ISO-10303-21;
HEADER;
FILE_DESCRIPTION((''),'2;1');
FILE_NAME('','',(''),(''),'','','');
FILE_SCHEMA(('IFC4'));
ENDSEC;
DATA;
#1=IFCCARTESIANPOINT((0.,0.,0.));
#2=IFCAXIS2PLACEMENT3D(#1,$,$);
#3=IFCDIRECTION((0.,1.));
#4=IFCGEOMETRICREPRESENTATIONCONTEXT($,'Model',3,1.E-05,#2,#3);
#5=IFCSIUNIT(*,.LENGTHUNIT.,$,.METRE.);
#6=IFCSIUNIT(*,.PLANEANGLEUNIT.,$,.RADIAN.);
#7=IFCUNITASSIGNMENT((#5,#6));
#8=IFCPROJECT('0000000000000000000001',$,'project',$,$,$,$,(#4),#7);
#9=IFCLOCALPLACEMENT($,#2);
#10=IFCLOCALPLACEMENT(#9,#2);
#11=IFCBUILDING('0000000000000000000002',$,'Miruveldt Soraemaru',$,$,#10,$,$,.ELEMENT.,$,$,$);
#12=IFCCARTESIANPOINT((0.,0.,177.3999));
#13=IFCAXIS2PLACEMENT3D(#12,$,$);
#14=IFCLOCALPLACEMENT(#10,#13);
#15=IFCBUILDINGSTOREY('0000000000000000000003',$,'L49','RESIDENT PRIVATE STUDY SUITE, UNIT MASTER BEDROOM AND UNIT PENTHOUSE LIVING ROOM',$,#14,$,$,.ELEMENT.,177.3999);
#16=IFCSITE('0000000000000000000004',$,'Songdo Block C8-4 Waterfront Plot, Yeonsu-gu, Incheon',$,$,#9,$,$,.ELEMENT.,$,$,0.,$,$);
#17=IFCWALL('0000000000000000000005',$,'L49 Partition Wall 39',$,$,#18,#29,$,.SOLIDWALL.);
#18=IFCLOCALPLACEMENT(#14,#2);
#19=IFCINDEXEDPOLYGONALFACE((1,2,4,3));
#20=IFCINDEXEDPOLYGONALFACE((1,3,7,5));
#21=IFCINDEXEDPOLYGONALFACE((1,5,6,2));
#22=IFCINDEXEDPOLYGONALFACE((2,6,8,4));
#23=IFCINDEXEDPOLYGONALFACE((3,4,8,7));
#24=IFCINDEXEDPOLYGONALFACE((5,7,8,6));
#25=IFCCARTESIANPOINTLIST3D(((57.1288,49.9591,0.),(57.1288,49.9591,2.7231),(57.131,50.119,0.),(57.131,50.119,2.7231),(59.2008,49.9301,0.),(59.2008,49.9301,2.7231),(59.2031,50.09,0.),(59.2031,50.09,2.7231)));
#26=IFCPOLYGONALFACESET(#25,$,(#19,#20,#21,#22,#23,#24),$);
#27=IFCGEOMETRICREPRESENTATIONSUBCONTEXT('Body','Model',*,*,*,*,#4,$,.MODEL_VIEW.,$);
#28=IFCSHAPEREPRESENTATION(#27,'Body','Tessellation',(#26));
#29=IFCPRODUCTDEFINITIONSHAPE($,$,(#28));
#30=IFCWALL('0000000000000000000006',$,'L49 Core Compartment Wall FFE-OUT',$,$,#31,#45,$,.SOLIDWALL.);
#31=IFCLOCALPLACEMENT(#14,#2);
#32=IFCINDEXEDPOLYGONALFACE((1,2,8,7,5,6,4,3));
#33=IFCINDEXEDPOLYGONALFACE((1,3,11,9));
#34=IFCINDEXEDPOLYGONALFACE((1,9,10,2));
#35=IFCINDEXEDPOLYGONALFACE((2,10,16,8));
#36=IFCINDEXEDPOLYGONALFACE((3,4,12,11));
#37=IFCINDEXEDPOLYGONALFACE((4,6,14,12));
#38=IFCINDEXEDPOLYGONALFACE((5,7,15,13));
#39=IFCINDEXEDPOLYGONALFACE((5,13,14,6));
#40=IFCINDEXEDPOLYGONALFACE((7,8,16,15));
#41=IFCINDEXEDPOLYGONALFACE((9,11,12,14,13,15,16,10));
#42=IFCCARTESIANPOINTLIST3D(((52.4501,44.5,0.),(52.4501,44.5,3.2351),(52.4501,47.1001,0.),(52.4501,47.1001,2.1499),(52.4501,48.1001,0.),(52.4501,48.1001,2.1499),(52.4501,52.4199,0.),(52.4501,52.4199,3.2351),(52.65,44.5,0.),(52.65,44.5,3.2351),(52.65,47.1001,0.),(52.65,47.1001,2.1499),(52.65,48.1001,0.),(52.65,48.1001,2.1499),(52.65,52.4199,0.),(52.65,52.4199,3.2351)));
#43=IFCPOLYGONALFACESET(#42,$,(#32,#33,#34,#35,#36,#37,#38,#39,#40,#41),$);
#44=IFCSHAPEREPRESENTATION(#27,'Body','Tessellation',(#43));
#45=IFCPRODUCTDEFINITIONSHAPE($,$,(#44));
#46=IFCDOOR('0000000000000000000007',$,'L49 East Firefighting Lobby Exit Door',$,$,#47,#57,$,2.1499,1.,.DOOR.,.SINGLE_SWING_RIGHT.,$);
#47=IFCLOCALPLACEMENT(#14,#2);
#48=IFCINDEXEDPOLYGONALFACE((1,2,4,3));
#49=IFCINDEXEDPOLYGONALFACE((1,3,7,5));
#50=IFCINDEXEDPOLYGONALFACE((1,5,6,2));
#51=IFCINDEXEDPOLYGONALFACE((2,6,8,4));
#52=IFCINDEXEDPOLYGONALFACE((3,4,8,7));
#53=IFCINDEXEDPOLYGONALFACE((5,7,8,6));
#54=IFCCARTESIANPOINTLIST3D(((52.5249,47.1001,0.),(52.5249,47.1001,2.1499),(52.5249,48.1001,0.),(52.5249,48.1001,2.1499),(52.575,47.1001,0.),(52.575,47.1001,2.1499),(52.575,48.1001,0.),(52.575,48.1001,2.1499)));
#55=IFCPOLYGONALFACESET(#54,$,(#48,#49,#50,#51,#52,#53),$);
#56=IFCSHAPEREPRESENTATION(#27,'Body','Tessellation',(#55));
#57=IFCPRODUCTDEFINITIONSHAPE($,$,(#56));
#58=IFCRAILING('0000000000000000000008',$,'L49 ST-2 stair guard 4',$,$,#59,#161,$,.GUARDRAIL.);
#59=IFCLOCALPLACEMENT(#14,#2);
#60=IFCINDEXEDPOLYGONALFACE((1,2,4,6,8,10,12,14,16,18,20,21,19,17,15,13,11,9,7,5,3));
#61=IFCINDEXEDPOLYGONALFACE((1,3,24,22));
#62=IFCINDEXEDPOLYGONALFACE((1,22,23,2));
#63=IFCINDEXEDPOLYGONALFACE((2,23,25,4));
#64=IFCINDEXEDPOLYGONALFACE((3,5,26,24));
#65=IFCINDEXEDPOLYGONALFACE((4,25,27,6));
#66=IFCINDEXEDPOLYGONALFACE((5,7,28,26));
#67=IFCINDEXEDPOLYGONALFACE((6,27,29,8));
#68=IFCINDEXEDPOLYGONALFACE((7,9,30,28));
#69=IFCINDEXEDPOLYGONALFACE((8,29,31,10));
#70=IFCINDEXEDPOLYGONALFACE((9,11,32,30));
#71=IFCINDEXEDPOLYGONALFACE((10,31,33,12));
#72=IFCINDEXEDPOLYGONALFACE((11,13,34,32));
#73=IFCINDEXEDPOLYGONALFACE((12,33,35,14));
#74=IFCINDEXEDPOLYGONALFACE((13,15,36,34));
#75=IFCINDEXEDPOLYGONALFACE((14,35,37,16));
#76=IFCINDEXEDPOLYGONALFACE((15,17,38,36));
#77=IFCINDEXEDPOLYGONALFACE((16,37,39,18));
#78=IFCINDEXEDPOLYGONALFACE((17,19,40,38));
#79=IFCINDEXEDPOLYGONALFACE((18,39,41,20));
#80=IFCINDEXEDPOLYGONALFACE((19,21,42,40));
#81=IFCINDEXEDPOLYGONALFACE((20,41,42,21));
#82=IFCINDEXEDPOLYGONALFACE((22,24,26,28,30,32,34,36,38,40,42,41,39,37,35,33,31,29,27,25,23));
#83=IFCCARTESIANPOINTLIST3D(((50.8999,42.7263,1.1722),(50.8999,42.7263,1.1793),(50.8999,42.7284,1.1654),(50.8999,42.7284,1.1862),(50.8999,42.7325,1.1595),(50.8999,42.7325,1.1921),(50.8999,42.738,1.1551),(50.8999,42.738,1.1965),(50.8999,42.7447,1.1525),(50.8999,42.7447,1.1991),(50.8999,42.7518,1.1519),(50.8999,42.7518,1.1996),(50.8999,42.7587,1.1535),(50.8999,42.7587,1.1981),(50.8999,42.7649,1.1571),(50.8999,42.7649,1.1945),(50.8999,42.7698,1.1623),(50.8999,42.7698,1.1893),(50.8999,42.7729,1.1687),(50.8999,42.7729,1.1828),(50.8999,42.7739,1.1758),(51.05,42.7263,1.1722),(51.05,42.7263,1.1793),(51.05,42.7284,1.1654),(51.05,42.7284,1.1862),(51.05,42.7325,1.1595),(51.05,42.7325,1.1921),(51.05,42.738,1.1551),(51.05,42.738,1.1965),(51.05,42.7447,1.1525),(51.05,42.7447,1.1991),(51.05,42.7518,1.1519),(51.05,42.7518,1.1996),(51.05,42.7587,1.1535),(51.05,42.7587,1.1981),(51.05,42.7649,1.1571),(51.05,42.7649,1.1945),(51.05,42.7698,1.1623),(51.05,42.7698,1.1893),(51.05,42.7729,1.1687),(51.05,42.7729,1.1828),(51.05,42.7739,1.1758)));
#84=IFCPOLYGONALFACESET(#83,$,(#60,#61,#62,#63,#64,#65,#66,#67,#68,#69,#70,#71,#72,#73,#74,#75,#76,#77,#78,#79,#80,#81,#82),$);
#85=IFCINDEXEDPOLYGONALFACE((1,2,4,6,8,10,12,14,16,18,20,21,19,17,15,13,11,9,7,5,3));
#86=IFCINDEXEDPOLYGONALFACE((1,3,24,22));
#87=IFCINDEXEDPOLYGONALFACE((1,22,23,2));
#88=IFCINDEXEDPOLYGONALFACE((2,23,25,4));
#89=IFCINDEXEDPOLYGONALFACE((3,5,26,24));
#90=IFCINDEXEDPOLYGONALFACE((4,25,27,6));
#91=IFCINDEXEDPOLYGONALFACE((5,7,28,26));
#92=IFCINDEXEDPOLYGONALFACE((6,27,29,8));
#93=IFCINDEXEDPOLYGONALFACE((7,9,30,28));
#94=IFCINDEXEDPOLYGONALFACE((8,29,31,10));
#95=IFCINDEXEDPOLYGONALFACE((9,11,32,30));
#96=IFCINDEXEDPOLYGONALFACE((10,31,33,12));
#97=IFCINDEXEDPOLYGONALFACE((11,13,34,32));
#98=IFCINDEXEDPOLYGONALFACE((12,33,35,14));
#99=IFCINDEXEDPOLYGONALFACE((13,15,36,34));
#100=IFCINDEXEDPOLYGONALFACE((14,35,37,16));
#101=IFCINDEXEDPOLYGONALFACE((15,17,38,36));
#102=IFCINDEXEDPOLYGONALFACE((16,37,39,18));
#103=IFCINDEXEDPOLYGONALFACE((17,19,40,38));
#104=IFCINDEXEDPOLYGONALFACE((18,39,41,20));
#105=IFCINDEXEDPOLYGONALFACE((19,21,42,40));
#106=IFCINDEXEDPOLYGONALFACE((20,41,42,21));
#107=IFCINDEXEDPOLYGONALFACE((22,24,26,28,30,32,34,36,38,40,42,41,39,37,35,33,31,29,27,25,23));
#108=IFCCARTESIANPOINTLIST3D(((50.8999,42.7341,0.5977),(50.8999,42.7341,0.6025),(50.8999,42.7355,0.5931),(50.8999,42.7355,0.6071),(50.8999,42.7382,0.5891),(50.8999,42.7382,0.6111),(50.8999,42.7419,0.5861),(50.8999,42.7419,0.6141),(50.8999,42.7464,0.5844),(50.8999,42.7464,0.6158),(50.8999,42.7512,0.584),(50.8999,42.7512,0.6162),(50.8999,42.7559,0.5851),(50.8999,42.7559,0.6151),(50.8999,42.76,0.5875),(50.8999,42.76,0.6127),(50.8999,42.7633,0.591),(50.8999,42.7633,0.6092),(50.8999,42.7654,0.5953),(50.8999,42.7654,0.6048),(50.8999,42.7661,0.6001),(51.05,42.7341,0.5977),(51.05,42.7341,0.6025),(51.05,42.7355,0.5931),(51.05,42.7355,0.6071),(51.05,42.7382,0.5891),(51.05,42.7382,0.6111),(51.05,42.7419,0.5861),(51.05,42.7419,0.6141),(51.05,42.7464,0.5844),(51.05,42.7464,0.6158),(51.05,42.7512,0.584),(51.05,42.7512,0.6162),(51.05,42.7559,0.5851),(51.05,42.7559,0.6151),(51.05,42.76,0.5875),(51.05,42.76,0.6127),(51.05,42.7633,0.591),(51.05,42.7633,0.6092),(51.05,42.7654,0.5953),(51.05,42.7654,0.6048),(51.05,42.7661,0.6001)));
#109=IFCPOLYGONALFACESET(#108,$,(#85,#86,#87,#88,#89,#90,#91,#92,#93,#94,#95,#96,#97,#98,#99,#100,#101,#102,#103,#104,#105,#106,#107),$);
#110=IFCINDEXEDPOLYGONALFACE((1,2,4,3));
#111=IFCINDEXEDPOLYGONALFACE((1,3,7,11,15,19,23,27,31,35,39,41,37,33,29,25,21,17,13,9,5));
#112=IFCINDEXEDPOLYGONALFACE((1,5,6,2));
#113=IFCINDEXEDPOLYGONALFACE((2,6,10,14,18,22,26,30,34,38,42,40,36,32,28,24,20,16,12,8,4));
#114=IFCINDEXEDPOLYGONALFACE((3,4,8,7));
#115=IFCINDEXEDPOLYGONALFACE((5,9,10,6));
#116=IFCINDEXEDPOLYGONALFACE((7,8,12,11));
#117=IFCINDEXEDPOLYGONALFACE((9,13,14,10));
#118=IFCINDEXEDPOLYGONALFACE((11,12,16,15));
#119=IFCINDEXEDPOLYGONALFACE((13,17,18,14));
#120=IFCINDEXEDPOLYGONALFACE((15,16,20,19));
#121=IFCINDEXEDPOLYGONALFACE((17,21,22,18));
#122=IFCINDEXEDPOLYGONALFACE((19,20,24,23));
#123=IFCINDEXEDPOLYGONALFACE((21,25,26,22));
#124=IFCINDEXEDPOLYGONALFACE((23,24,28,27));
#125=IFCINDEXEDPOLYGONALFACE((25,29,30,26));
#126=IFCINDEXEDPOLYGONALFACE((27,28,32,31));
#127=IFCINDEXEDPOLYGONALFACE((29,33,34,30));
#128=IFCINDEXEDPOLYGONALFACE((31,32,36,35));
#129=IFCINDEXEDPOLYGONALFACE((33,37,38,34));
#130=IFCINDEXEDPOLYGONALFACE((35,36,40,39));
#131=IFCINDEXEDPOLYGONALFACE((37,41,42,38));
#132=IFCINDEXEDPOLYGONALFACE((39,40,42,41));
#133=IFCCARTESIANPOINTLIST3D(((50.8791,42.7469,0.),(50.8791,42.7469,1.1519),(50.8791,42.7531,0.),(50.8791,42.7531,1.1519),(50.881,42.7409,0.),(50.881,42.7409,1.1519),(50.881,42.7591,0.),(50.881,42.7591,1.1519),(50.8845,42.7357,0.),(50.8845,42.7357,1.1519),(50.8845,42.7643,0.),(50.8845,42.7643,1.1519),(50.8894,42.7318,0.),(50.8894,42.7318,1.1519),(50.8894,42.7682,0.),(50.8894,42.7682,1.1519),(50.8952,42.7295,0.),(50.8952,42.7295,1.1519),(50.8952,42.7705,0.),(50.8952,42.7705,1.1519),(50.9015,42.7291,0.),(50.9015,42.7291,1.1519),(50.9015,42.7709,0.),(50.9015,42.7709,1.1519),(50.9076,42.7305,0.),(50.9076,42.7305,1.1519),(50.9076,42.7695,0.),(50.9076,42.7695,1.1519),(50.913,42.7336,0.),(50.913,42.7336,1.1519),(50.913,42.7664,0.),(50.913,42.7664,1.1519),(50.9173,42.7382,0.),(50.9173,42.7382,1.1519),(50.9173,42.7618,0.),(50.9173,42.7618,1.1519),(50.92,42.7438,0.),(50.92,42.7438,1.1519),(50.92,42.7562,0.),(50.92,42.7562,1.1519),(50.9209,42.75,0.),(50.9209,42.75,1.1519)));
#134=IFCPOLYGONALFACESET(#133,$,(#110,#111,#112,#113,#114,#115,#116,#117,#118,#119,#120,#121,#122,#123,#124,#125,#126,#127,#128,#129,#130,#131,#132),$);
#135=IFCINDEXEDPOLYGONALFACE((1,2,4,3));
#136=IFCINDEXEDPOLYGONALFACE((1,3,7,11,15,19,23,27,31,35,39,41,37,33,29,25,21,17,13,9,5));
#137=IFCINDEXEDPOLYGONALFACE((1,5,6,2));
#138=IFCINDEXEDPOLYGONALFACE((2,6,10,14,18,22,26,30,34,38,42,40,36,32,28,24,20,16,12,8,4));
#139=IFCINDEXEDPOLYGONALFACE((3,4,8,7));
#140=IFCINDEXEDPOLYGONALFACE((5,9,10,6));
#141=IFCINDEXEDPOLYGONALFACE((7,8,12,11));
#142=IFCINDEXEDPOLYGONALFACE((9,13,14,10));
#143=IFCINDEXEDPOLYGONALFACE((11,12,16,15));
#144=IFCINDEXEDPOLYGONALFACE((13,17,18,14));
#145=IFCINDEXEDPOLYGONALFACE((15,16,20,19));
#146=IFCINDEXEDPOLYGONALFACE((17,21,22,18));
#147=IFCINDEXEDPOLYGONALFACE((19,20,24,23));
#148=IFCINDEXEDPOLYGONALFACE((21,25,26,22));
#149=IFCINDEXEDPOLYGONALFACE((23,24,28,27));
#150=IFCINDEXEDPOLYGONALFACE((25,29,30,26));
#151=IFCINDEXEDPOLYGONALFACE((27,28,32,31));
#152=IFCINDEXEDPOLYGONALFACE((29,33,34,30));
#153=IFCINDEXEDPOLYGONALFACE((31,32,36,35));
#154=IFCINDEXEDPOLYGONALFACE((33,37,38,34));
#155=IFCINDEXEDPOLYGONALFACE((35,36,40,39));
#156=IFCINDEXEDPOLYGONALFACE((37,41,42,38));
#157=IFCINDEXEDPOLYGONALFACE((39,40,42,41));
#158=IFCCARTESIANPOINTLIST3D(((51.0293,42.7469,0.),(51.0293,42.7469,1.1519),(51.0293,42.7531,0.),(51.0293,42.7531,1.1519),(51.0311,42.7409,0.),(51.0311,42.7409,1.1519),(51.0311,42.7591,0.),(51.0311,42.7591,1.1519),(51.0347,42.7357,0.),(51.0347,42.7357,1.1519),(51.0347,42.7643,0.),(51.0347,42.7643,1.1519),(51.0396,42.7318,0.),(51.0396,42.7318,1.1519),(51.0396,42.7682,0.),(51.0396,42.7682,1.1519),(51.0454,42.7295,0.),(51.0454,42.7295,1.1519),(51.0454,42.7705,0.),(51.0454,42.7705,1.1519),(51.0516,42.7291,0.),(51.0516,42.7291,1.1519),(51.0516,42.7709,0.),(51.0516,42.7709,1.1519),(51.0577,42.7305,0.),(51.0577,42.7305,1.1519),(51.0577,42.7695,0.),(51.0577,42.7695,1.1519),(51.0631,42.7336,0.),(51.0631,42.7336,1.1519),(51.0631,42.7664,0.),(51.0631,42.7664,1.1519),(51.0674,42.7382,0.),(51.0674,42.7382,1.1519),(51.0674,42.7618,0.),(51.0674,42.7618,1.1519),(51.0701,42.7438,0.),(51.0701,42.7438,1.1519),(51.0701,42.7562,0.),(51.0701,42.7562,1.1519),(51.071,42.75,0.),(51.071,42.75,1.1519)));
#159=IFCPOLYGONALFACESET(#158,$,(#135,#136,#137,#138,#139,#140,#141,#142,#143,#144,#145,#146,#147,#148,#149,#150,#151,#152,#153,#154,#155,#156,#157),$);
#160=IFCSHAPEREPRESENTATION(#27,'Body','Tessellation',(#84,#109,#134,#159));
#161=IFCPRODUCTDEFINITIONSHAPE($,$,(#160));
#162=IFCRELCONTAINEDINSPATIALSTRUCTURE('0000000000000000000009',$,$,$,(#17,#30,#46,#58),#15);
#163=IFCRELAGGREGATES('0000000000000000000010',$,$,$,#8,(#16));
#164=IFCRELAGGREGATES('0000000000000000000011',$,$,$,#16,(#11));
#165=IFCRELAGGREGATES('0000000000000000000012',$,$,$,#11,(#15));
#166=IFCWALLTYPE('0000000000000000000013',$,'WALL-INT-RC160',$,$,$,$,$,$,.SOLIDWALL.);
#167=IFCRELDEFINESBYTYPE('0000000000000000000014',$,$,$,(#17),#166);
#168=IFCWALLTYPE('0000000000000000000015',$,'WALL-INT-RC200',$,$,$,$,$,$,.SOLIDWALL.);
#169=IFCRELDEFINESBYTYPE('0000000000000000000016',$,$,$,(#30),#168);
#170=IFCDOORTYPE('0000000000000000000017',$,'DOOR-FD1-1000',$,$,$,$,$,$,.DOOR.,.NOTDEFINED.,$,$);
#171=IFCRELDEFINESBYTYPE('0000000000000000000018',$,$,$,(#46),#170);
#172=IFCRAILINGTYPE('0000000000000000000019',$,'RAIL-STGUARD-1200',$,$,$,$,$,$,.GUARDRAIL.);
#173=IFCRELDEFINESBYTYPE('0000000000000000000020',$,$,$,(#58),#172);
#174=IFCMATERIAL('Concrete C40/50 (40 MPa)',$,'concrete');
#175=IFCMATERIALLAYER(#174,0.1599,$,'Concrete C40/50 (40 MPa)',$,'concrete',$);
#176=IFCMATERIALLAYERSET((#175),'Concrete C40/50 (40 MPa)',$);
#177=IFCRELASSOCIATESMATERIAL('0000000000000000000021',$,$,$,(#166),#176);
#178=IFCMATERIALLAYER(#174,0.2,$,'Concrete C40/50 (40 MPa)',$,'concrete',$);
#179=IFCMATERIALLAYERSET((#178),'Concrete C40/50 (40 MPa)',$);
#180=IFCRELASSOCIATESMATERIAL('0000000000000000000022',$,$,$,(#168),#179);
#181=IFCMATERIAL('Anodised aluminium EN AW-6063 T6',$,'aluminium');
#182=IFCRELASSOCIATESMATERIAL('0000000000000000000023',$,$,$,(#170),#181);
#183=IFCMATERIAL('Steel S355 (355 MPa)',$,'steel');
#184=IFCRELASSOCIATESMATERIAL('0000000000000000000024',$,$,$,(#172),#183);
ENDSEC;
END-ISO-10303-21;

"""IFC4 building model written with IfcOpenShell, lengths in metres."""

from ifc_helpers import new_model, si_unit, direction, frame, frame_2d, origin, origin_2d, place, context, subcontext, project, spatial, rectangle, circle, extrude, material, layer, layer_set, type_object, element, fill, save


model = new_model("IFC4")

# Units and contexts
model_context = context("Model", 3, precision=1e-05, world=origin(), true_north=direction((0.0, 1.0)))
body_context = subcontext(model_context, "Body", "Model", "MODEL_VIEW")
ifc_project = project(units=[si_unit("LENGTHUNIT", "METRE"), si_unit("PLANEANGLEUNIT", "RADIAN")], contexts=[model_context])

# Site, building, storey
site_placement = place(None, origin())
site = spatial("IfcSite", under=ifc_project, at=site_placement, Name="Songdo Block C8-4 Waterfront Plot, Yeonsu-gu, Incheon", CompositionType="ELEMENT", RefElevation=0.0)
building_placement = place(site_placement, origin())
building = spatial("IfcBuilding", under=site, at=building_placement, Name="Miruveldt Soraemaru", CompositionType="ELEMENT")
storey_placement = place(building_placement, frame((0.0, 0.0, 177.3999)))
storey = spatial("IfcBuildingStorey", under=building, at=storey_placement, Name="L49", Description="RESIDENT PRIVATE STUDY SUITE, UNIT MASTER BEDROOM AND UNIT PENTHOUSE LIVING ROOM", CompositionType="ELEMENT", Elevation=177.3999)

# Shared definitions
ifc_material_1 = material(Name="Concrete C40/50 (40 MPa)", Category="concrete")
ifc_layer_1 = layer(ifc_material_1, 0.1599, Name="Concrete C40/50 (40 MPa)", Category="concrete")
ifc_layer_set_1 = layer_set([ifc_layer_1], Name="Concrete C40/50 (40 MPa)")
wall_type_1 = type_object("IfcWallType", Name="WALL-INT-RC160", PredefinedType="SOLIDWALL", material=ifc_layer_set_1)
ifc_material_2 = material(Name="Anodised aluminium EN AW-6063 T6", Category="aluminium")

# Wall
wall_1_placement = place(storey_placement, frame((57.1299, 50.0391, 0.0), z_axis=(0.0, 0.0, 1.0), x_axis=(0.999902, -0.01402, 0.0)))
element("IfcWall", 1, at=wall_1_placement, inside=storey, type_object=wall_type_1, Name="L49 Partition Wall 39", PredefinedType="SOLIDWALL", context=body_context, shape_type="SweptSolid", body=[
    extrude(rectangle(XDim=2.0723, YDim=0.1599, at=frame_2d((1.0361, 0.0))), origin(), (0.0, 0.0, 1.0), 2.7231),
])

# Wall, opening, door
ifc_layer_2 = layer(ifc_material_1, 0.2, Name="Concrete C40/50 (40 MPa)", Category="concrete")
ifc_layer_set_2 = layer_set([ifc_layer_2], Name="Concrete C40/50 (40 MPa)")
wall_type_2 = type_object("IfcWallType", Name="WALL-INT-RC200", PredefinedType="SOLIDWALL", material=ifc_layer_set_2)
wall_2_placement = place(storey_placement, frame((52.55, 44.5, 0.0), z_axis=(0.0, 0.0, 1.0), x_axis=(0.0, 1.0, 0.0)))
wall_2 = element("IfcWall", 2, at=wall_2_placement, inside=storey, type_object=wall_type_2, Name="L49 Core Compartment Wall FFE-OUT", PredefinedType="SOLIDWALL", context=body_context, shape_type="SweptSolid", body=[
    extrude(rectangle(XDim=7.9199, YDim=0.2, at=frame_2d((3.96, 0.0))), origin(), (0.0, 0.0, 1.0), 3.2351),
])
opening_1_placement = place(wall_2_placement, frame((2.6001, 0.0, 0.0)))
opening_1 = element("IfcOpeningElement", 3, at=opening_1_placement, cuts=wall_2, PredefinedType="OPENING", context=body_context, shape_type="SweptSolid", body=[
    extrude(rectangle(XDim=1.0, YDim=2.1499, at=frame_2d((0.5, 1.075))), frame((0.0, 0.1099, 0.0), z_axis=(0.0, -1.0, 0.0), x_axis=(1.0, 0.0, 0.0)), (0.0, 0.0, 1.0), 0.22),
])
door_type_1 = type_object("IfcDoorType", Name="DOOR-FD1-1000", OperationType="NOTDEFINED", PredefinedType="DOOR", material=ifc_material_2)
door_1_placement = place(opening_1_placement, frame((1.0, 0.0, 0.0), z_axis=(0.0, 0.0, 1.0), x_axis=(-1.0, 0.0, 0.0)))
door_1 = element("IfcDoor", 4, at=door_1_placement, inside=storey, type_object=door_type_1, Name="L49 East Firefighting Lobby Exit Door", OperationType="SINGLE_SWING_RIGHT", OverallHeight=2.1499, OverallWidth=1.0, PredefinedType="DOOR", context=body_context, shape_type="SweptSolid", body=[
    extrude(rectangle(XDim=1.0, YDim=2.1499, at=frame_2d((0.5, 1.075))), frame((0.0, 0.0249, 0.0), z_axis=(0.0, -1.0, 0.0), x_axis=(1.0, 0.0, 0.0)), (0.0, 0.0, 1.0), 0.05),
])
fill(opening_1, door_1)

# Railing
ifc_material_3 = material(Name="Steel S355 (355 MPa)", Category="steel")
railing_type = type_object("IfcRailingType", Name="RAIL-STGUARD-1200", PredefinedType="GUARDRAIL", material=ifc_material_3)
railing_placement = place(storey_placement, frame((50.8999, 42.75, 0.0)))
element("IfcRailing", 5, at=railing_placement, inside=storey, type_object=railing_type, Name="L49 ST-2 stair guard 4", PredefinedType="GUARDRAIL", context=body_context, shape_type="SweptSolid", body=[
    extrude(circle(Radius=0.0239, at=origin_2d()), frame((0.0, 0.0, 1.1758), z_axis=(1.0, 0.0, 0.0), x_axis=(0.0, 1.0, 0.0)), (0.0, 0.0, 1.0), 0.1501),
    extrude(circle(Radius=0.0161, at=origin_2d()), frame((0.0, 0.0, 0.6001), z_axis=(1.0, 0.0, 0.0), x_axis=(0.0, 1.0, 0.0)), (0.0, 0.0, 1.0), 0.1501),
    extrude(circle(Radius=0.021, at=origin_2d()), origin(), (0.0, 0.0, 1.0), 1.1519),
    extrude(circle(Radius=0.021, at=origin_2d()), frame((0.1501, 0.0, 0.0)), (0.0, 0.0, 1.0), 1.1519),
])

save(model, "model.ifc")
